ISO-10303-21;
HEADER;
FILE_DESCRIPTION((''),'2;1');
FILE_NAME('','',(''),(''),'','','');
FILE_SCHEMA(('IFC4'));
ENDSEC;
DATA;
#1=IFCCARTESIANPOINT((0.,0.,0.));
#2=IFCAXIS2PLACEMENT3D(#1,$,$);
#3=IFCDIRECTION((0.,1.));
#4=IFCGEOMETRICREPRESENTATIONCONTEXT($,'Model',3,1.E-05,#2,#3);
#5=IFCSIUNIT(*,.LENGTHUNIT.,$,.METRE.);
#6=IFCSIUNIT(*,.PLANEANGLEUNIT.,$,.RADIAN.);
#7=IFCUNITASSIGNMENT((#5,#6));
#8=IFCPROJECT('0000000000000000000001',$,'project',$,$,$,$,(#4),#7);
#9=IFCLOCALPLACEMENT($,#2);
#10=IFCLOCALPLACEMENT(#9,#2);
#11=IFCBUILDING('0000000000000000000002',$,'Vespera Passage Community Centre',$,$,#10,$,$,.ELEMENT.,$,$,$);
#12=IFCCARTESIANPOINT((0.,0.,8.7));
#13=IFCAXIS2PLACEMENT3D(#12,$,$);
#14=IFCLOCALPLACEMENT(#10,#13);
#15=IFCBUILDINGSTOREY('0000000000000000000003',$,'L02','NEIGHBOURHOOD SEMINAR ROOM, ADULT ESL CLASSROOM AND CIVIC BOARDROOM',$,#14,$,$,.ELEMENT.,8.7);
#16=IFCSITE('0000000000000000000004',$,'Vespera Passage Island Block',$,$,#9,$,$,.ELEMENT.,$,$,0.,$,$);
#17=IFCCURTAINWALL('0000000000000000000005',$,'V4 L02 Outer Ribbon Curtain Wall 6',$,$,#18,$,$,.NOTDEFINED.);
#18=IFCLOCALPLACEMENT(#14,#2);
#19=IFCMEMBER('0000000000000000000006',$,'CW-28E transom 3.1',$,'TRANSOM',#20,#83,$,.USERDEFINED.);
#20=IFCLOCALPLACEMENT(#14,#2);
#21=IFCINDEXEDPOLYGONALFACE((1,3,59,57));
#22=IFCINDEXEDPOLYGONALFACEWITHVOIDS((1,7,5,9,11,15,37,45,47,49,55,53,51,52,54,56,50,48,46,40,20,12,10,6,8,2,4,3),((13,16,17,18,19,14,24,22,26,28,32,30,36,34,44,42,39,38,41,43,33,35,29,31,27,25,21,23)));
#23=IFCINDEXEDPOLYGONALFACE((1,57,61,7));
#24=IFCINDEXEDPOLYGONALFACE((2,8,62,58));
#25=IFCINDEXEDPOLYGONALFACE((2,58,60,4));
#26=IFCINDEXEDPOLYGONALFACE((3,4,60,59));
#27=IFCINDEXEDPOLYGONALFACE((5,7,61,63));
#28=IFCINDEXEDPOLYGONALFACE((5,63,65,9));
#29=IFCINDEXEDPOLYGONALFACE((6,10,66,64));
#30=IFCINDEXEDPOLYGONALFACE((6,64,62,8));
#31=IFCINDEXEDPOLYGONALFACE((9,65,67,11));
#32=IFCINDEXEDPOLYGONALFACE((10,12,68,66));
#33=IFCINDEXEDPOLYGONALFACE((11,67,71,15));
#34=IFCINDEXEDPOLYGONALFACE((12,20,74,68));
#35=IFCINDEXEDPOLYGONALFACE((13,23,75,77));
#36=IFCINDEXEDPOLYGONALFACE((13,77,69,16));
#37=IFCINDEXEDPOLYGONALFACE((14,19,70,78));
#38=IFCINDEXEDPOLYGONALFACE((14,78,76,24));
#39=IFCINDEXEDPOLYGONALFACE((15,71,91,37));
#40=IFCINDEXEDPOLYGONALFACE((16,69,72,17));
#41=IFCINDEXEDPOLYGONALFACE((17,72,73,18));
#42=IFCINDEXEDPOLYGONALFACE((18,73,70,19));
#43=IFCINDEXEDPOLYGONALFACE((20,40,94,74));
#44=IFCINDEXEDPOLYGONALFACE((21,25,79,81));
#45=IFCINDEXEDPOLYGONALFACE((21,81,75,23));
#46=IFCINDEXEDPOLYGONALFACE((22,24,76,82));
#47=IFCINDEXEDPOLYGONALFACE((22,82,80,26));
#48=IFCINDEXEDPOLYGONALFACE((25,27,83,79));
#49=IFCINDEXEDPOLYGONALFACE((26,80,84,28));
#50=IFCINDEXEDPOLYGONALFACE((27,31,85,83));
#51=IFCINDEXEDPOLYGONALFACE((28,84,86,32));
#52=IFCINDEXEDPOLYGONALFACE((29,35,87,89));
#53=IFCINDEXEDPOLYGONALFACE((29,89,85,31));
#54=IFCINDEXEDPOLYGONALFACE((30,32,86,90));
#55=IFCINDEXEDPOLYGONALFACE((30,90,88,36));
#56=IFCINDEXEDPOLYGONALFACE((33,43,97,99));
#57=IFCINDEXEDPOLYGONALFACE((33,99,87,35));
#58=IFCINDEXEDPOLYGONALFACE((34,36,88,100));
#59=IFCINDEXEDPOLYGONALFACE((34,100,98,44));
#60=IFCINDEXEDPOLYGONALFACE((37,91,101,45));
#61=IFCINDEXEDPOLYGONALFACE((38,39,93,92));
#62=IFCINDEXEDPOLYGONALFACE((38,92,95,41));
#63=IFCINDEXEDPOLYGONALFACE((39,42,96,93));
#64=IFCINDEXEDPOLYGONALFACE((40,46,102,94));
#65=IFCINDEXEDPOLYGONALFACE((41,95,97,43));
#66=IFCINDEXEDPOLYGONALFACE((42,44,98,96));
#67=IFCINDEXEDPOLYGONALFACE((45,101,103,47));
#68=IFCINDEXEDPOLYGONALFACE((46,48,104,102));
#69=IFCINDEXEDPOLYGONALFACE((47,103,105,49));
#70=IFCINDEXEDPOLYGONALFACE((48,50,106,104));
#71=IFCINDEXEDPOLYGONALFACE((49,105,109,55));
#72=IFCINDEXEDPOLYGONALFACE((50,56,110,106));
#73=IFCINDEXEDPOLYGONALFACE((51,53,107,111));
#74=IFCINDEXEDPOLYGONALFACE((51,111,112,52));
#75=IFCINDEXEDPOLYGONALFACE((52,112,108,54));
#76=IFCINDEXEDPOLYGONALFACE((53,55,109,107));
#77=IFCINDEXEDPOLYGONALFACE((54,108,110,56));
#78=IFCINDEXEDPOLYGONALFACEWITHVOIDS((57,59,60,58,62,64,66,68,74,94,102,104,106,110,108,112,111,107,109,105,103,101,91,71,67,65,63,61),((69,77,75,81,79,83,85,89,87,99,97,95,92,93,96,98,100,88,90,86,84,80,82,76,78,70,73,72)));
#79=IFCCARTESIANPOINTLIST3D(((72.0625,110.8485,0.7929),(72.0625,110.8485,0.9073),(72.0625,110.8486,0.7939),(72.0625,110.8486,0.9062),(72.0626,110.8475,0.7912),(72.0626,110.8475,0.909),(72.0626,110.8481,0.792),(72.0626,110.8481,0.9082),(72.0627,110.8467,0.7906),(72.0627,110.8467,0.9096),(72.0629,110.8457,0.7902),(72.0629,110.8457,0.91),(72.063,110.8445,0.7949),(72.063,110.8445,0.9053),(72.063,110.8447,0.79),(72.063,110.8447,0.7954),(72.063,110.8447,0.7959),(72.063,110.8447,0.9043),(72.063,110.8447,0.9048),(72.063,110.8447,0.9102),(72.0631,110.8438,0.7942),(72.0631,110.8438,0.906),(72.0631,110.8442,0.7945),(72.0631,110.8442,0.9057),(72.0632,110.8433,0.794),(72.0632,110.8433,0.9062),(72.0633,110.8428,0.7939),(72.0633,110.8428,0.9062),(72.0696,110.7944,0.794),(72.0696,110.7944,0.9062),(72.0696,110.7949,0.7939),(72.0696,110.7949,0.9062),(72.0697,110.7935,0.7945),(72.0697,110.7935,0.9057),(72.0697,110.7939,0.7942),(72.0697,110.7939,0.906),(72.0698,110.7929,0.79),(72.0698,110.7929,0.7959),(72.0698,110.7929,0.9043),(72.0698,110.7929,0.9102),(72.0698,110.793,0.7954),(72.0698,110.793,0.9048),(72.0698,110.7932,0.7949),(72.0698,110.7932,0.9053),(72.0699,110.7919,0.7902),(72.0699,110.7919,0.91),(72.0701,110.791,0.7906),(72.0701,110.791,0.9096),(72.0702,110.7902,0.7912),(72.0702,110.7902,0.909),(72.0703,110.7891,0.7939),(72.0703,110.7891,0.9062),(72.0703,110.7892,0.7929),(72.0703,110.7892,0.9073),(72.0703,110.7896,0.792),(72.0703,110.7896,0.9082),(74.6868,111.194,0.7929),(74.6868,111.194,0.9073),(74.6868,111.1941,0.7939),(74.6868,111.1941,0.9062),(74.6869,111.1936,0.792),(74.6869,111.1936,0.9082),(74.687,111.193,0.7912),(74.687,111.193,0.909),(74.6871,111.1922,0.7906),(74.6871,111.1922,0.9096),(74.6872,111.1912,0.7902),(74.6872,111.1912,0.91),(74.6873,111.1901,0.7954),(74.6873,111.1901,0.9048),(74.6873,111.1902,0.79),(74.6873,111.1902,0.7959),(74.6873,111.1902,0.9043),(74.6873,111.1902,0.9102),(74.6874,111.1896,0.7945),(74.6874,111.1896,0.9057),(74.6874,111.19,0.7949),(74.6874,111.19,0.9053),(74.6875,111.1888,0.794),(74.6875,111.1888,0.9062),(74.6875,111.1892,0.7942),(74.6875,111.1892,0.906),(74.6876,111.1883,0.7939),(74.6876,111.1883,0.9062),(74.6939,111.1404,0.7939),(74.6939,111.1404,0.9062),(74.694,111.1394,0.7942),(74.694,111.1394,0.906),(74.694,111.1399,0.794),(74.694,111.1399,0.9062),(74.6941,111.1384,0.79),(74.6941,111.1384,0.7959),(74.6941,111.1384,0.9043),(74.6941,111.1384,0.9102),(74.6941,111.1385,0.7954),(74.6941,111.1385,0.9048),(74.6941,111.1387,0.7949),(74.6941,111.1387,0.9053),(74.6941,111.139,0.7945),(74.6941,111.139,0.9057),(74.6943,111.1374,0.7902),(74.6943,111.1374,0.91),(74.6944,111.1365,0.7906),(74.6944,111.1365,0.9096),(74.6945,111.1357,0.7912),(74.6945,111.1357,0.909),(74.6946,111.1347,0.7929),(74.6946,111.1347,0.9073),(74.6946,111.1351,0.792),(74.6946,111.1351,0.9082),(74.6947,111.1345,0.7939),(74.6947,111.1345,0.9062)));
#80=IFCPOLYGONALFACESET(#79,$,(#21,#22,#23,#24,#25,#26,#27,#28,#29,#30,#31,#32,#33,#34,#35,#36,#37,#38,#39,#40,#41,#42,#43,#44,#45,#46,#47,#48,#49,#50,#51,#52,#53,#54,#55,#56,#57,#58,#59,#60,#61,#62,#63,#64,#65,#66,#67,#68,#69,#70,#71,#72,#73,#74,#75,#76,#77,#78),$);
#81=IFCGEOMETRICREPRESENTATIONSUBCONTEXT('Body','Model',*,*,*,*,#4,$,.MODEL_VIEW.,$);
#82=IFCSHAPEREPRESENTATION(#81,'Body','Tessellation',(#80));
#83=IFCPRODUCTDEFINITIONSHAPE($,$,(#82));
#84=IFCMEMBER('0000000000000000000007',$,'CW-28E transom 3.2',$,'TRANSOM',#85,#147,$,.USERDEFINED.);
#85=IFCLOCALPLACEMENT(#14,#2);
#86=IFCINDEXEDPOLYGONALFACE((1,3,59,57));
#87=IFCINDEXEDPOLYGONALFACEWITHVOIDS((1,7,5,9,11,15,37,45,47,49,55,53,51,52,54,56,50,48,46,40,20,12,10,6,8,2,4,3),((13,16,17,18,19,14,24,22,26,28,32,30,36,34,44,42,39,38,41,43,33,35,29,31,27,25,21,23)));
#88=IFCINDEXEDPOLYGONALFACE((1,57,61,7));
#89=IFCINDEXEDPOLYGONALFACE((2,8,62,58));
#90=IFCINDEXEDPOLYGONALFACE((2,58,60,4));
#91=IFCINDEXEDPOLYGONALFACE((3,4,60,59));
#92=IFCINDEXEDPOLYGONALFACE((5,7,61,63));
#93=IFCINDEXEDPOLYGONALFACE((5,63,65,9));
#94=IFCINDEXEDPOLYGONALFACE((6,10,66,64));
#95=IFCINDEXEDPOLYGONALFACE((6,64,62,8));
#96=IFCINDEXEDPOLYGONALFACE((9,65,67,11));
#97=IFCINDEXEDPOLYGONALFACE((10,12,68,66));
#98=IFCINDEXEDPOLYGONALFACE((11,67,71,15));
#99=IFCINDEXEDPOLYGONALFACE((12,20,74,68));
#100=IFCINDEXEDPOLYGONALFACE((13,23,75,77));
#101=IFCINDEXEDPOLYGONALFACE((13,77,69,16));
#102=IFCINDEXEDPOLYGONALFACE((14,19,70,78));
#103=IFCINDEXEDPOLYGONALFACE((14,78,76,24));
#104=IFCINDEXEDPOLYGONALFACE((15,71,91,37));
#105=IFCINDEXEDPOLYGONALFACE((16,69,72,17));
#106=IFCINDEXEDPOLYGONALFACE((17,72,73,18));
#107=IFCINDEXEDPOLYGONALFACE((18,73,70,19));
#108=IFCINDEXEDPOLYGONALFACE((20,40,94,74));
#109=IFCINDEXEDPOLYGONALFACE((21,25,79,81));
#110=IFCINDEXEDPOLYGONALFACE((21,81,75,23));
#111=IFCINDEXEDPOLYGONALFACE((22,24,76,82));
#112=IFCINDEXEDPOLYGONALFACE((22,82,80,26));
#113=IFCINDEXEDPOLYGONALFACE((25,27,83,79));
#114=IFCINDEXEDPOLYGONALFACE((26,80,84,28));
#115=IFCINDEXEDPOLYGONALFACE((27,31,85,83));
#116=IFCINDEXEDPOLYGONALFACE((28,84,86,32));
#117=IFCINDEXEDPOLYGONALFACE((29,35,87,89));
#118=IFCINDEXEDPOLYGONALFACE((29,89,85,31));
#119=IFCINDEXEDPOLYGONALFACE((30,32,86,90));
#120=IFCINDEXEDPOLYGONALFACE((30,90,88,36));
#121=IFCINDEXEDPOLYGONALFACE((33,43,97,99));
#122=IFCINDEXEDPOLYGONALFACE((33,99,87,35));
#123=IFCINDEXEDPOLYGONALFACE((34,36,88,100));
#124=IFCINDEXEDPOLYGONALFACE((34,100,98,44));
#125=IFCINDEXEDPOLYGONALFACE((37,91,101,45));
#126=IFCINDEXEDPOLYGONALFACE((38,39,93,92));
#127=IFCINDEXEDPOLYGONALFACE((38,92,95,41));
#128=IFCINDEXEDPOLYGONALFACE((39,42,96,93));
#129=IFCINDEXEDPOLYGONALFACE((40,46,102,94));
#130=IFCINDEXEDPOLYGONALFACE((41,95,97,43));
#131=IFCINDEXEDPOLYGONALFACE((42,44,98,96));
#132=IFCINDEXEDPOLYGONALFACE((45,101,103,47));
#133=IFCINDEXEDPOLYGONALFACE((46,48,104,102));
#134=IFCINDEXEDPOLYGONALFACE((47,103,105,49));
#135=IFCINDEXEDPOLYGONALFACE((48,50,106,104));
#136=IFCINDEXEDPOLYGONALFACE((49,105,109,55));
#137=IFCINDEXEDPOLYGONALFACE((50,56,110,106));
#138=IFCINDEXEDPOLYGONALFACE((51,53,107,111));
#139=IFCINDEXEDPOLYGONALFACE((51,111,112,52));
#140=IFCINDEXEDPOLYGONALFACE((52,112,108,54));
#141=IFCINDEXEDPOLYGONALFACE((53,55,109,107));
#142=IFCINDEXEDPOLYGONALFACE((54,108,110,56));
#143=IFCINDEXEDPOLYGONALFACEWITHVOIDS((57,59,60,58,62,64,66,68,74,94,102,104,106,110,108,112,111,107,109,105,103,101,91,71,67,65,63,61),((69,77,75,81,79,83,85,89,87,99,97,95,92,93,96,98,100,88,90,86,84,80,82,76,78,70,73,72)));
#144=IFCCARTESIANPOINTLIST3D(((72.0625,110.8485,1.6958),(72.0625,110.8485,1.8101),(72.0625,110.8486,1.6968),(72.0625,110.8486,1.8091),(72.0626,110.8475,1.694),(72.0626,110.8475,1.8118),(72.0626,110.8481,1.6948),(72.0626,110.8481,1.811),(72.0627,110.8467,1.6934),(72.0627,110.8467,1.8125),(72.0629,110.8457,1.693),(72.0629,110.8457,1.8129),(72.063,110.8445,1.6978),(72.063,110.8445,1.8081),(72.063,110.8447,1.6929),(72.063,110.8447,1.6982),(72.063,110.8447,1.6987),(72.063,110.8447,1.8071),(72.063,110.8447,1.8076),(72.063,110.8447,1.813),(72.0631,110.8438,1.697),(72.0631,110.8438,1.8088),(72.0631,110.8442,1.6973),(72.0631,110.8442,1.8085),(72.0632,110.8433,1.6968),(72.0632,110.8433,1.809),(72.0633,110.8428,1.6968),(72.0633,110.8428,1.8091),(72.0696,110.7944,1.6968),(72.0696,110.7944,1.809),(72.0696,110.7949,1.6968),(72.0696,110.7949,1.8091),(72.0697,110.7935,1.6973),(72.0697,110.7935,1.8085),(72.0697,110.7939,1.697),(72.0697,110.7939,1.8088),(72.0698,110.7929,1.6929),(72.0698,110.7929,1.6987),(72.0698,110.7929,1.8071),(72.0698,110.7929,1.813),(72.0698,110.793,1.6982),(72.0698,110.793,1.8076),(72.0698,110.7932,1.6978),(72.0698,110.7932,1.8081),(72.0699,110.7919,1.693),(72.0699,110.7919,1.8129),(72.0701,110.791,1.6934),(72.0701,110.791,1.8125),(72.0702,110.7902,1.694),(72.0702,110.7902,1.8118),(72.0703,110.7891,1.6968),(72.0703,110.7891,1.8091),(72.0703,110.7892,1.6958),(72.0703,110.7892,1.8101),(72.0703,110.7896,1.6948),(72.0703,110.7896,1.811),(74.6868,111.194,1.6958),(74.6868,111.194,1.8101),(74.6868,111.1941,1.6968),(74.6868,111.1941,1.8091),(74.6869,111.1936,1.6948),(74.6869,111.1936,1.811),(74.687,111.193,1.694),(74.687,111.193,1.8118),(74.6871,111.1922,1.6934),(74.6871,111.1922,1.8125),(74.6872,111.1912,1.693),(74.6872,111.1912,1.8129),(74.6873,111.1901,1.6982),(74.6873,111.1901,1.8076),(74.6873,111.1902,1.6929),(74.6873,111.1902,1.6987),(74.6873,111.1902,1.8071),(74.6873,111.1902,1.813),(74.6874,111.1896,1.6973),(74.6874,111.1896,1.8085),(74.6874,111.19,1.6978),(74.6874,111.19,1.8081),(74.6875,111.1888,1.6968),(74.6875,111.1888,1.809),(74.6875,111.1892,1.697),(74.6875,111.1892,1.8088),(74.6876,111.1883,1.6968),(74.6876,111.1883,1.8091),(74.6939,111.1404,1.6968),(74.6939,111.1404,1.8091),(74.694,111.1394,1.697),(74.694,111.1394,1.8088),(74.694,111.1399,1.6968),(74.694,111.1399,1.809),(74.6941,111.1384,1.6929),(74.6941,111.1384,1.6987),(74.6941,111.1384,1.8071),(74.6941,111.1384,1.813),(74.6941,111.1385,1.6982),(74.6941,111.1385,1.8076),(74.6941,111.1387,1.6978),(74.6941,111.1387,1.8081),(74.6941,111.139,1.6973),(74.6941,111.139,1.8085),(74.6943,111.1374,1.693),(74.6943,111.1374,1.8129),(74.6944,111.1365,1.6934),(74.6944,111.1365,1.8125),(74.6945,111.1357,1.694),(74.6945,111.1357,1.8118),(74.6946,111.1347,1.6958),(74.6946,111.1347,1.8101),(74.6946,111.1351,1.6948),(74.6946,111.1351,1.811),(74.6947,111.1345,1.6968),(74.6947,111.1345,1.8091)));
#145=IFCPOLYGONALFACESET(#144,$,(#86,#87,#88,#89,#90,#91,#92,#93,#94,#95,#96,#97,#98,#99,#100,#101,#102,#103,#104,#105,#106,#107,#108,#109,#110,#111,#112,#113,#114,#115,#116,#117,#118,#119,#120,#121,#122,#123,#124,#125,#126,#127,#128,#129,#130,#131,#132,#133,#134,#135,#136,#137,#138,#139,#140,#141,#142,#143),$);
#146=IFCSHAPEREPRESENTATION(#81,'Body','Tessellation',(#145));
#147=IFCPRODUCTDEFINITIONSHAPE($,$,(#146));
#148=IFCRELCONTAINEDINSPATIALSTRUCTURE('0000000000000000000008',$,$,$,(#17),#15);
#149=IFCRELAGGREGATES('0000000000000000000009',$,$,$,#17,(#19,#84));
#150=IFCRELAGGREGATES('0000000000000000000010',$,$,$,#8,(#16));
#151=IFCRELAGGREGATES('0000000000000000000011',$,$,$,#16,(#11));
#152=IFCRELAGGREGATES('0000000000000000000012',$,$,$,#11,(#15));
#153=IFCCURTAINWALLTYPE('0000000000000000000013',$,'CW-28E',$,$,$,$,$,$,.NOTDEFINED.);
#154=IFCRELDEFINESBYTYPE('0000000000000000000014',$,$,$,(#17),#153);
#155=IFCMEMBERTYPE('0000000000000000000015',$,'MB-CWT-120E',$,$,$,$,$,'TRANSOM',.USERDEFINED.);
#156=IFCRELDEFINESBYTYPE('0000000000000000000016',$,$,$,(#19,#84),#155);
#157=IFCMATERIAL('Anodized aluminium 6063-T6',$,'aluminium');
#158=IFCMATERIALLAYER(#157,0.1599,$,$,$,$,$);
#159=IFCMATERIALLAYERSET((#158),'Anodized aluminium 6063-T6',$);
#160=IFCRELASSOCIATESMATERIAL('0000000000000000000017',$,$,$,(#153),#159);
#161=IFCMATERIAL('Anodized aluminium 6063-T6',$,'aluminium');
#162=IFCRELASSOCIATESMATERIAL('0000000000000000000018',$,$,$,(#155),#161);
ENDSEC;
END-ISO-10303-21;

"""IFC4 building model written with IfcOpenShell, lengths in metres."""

from ifc_helpers import new_model, si_unit, direction, frame, origin, origin_2d, place, context, subcontext, project, spatial, hollow_rectangle, extrude, material, layer, layer_set, material_profile, profile_set, type_object, element, aggregate, save


model = new_model("IFC4")

# Units and contexts
model_context = context("Model", 3, precision=1e-05, world=origin(), true_north=direction((0.0, 1.0)))
body_context = subcontext(model_context, "Body", "Model", "MODEL_VIEW")
ifc_project = project(units=[si_unit("LENGTHUNIT", "METRE"), si_unit("PLANEANGLEUNIT", "RADIAN")], contexts=[model_context])

# Site, building, storey
site_placement = place(None, origin())
site = spatial("IfcSite", under=ifc_project, at=site_placement, Name="Vespera Passage Island Block", CompositionType="ELEMENT", RefElevation=0.0)
building_placement = place(site_placement, origin())
building = spatial("IfcBuilding", under=site, at=building_placement, Name="Vespera Passage Community Centre", CompositionType="ELEMENT")
storey_placement = place(building_placement, frame((0.0, 0.0, 8.7)))
storey = spatial("IfcBuildingStorey", under=building, at=storey_placement, Name="L02", Description="NEIGHBOURHOOD SEMINAR ROOM, ADULT ESL CLASSROOM AND CIVIC BOARDROOM", CompositionType="ELEMENT", Elevation=8.7)

# Curtain wall, members
ifc_material_1 = material(Name="Anodized aluminium 6063-T6", Category="aluminium")
ifc_layer_1 = layer(ifc_material_1, 0.1599)
ifc_layer_set_1 = layer_set([ifc_layer_1], Name="Anodized aluminium 6063-T6")
curtain_wall_type = type_object("IfcCurtainWallType", Name="CW-28E", PredefinedType="NOTDEFINED", material=ifc_layer_set_1)
curtain_wall_placement = place(storey_placement, origin())
curtain_wall = element("IfcCurtainWall", 1, at=curtain_wall_placement, inside=storey, type_object=curtain_wall_type, Name="V4 L02 Outer Ribbon Curtain Wall 6", PredefinedType="NOTDEFINED")
ifc_material_2 = material(Name="Anodized aluminium 6063-T6", Category="aluminium")
ifc_material_profile_1 = material_profile(ifc_material_2, hollow_rectangle(XDim=0.0601, YDim=0.1201, WallThickness=0.0039, InnerFilletRadius=0.002, OuterFilletRadius=0.0039, at=origin_2d()), Name="ALU120X60X4")
ifc_profile_set_1 = profile_set([ifc_material_profile_1], Name="Anodized aluminium 6063-T6")
member_type_1 = type_object("IfcMemberType", Name="MB-CWT-120E", ElementType="TRANSOM", PredefinedType="USERDEFINED", material=ifc_profile_set_1)
member_1_placement = place(storey_placement, frame((72.0664, 110.8188, 0.8501), z_axis=(0.991446, 0.130514, 0.0), x_axis=(-0.130514, 0.991446, 0.0)))
member_1 = element("IfcMember", 2, at=member_1_placement, type_object=member_type_1, Name="CW-28E transom 3.1", ObjectType="TRANSOM", PredefinedType="USERDEFINED", context=body_context, shape_type="SweptSolid", body=[
    extrude(hollow_rectangle(XDim=0.0601, YDim=0.1201, WallThickness=0.0039, InnerFilletRadius=0.002, OuterFilletRadius=0.0039, at=origin_2d()), origin(), (0.0, 0.0, 1.0), 2.647),
])
member_2_placement = place(storey_placement, frame((72.0664, 110.8188, 1.7529), z_axis=(0.991446, 0.130514, 0.0), x_axis=(-0.130514, 0.991446, 0.0)))
member_2 = element("IfcMember", 3, at=member_2_placement, type_object=member_type_1, Name="CW-28E transom 3.2", ObjectType="TRANSOM", PredefinedType="USERDEFINED", context=body_context, shape_type="SweptSolid", body=[
    extrude(hollow_rectangle(XDim=0.0601, YDim=0.1201, WallThickness=0.0039, InnerFilletRadius=0.002, OuterFilletRadius=0.0039, at=origin_2d()), origin(), (0.0, 0.0, 1.0), 2.647),
])
aggregate(curtain_wall, [member_1, member_2])

save(model, "model.ifc")
